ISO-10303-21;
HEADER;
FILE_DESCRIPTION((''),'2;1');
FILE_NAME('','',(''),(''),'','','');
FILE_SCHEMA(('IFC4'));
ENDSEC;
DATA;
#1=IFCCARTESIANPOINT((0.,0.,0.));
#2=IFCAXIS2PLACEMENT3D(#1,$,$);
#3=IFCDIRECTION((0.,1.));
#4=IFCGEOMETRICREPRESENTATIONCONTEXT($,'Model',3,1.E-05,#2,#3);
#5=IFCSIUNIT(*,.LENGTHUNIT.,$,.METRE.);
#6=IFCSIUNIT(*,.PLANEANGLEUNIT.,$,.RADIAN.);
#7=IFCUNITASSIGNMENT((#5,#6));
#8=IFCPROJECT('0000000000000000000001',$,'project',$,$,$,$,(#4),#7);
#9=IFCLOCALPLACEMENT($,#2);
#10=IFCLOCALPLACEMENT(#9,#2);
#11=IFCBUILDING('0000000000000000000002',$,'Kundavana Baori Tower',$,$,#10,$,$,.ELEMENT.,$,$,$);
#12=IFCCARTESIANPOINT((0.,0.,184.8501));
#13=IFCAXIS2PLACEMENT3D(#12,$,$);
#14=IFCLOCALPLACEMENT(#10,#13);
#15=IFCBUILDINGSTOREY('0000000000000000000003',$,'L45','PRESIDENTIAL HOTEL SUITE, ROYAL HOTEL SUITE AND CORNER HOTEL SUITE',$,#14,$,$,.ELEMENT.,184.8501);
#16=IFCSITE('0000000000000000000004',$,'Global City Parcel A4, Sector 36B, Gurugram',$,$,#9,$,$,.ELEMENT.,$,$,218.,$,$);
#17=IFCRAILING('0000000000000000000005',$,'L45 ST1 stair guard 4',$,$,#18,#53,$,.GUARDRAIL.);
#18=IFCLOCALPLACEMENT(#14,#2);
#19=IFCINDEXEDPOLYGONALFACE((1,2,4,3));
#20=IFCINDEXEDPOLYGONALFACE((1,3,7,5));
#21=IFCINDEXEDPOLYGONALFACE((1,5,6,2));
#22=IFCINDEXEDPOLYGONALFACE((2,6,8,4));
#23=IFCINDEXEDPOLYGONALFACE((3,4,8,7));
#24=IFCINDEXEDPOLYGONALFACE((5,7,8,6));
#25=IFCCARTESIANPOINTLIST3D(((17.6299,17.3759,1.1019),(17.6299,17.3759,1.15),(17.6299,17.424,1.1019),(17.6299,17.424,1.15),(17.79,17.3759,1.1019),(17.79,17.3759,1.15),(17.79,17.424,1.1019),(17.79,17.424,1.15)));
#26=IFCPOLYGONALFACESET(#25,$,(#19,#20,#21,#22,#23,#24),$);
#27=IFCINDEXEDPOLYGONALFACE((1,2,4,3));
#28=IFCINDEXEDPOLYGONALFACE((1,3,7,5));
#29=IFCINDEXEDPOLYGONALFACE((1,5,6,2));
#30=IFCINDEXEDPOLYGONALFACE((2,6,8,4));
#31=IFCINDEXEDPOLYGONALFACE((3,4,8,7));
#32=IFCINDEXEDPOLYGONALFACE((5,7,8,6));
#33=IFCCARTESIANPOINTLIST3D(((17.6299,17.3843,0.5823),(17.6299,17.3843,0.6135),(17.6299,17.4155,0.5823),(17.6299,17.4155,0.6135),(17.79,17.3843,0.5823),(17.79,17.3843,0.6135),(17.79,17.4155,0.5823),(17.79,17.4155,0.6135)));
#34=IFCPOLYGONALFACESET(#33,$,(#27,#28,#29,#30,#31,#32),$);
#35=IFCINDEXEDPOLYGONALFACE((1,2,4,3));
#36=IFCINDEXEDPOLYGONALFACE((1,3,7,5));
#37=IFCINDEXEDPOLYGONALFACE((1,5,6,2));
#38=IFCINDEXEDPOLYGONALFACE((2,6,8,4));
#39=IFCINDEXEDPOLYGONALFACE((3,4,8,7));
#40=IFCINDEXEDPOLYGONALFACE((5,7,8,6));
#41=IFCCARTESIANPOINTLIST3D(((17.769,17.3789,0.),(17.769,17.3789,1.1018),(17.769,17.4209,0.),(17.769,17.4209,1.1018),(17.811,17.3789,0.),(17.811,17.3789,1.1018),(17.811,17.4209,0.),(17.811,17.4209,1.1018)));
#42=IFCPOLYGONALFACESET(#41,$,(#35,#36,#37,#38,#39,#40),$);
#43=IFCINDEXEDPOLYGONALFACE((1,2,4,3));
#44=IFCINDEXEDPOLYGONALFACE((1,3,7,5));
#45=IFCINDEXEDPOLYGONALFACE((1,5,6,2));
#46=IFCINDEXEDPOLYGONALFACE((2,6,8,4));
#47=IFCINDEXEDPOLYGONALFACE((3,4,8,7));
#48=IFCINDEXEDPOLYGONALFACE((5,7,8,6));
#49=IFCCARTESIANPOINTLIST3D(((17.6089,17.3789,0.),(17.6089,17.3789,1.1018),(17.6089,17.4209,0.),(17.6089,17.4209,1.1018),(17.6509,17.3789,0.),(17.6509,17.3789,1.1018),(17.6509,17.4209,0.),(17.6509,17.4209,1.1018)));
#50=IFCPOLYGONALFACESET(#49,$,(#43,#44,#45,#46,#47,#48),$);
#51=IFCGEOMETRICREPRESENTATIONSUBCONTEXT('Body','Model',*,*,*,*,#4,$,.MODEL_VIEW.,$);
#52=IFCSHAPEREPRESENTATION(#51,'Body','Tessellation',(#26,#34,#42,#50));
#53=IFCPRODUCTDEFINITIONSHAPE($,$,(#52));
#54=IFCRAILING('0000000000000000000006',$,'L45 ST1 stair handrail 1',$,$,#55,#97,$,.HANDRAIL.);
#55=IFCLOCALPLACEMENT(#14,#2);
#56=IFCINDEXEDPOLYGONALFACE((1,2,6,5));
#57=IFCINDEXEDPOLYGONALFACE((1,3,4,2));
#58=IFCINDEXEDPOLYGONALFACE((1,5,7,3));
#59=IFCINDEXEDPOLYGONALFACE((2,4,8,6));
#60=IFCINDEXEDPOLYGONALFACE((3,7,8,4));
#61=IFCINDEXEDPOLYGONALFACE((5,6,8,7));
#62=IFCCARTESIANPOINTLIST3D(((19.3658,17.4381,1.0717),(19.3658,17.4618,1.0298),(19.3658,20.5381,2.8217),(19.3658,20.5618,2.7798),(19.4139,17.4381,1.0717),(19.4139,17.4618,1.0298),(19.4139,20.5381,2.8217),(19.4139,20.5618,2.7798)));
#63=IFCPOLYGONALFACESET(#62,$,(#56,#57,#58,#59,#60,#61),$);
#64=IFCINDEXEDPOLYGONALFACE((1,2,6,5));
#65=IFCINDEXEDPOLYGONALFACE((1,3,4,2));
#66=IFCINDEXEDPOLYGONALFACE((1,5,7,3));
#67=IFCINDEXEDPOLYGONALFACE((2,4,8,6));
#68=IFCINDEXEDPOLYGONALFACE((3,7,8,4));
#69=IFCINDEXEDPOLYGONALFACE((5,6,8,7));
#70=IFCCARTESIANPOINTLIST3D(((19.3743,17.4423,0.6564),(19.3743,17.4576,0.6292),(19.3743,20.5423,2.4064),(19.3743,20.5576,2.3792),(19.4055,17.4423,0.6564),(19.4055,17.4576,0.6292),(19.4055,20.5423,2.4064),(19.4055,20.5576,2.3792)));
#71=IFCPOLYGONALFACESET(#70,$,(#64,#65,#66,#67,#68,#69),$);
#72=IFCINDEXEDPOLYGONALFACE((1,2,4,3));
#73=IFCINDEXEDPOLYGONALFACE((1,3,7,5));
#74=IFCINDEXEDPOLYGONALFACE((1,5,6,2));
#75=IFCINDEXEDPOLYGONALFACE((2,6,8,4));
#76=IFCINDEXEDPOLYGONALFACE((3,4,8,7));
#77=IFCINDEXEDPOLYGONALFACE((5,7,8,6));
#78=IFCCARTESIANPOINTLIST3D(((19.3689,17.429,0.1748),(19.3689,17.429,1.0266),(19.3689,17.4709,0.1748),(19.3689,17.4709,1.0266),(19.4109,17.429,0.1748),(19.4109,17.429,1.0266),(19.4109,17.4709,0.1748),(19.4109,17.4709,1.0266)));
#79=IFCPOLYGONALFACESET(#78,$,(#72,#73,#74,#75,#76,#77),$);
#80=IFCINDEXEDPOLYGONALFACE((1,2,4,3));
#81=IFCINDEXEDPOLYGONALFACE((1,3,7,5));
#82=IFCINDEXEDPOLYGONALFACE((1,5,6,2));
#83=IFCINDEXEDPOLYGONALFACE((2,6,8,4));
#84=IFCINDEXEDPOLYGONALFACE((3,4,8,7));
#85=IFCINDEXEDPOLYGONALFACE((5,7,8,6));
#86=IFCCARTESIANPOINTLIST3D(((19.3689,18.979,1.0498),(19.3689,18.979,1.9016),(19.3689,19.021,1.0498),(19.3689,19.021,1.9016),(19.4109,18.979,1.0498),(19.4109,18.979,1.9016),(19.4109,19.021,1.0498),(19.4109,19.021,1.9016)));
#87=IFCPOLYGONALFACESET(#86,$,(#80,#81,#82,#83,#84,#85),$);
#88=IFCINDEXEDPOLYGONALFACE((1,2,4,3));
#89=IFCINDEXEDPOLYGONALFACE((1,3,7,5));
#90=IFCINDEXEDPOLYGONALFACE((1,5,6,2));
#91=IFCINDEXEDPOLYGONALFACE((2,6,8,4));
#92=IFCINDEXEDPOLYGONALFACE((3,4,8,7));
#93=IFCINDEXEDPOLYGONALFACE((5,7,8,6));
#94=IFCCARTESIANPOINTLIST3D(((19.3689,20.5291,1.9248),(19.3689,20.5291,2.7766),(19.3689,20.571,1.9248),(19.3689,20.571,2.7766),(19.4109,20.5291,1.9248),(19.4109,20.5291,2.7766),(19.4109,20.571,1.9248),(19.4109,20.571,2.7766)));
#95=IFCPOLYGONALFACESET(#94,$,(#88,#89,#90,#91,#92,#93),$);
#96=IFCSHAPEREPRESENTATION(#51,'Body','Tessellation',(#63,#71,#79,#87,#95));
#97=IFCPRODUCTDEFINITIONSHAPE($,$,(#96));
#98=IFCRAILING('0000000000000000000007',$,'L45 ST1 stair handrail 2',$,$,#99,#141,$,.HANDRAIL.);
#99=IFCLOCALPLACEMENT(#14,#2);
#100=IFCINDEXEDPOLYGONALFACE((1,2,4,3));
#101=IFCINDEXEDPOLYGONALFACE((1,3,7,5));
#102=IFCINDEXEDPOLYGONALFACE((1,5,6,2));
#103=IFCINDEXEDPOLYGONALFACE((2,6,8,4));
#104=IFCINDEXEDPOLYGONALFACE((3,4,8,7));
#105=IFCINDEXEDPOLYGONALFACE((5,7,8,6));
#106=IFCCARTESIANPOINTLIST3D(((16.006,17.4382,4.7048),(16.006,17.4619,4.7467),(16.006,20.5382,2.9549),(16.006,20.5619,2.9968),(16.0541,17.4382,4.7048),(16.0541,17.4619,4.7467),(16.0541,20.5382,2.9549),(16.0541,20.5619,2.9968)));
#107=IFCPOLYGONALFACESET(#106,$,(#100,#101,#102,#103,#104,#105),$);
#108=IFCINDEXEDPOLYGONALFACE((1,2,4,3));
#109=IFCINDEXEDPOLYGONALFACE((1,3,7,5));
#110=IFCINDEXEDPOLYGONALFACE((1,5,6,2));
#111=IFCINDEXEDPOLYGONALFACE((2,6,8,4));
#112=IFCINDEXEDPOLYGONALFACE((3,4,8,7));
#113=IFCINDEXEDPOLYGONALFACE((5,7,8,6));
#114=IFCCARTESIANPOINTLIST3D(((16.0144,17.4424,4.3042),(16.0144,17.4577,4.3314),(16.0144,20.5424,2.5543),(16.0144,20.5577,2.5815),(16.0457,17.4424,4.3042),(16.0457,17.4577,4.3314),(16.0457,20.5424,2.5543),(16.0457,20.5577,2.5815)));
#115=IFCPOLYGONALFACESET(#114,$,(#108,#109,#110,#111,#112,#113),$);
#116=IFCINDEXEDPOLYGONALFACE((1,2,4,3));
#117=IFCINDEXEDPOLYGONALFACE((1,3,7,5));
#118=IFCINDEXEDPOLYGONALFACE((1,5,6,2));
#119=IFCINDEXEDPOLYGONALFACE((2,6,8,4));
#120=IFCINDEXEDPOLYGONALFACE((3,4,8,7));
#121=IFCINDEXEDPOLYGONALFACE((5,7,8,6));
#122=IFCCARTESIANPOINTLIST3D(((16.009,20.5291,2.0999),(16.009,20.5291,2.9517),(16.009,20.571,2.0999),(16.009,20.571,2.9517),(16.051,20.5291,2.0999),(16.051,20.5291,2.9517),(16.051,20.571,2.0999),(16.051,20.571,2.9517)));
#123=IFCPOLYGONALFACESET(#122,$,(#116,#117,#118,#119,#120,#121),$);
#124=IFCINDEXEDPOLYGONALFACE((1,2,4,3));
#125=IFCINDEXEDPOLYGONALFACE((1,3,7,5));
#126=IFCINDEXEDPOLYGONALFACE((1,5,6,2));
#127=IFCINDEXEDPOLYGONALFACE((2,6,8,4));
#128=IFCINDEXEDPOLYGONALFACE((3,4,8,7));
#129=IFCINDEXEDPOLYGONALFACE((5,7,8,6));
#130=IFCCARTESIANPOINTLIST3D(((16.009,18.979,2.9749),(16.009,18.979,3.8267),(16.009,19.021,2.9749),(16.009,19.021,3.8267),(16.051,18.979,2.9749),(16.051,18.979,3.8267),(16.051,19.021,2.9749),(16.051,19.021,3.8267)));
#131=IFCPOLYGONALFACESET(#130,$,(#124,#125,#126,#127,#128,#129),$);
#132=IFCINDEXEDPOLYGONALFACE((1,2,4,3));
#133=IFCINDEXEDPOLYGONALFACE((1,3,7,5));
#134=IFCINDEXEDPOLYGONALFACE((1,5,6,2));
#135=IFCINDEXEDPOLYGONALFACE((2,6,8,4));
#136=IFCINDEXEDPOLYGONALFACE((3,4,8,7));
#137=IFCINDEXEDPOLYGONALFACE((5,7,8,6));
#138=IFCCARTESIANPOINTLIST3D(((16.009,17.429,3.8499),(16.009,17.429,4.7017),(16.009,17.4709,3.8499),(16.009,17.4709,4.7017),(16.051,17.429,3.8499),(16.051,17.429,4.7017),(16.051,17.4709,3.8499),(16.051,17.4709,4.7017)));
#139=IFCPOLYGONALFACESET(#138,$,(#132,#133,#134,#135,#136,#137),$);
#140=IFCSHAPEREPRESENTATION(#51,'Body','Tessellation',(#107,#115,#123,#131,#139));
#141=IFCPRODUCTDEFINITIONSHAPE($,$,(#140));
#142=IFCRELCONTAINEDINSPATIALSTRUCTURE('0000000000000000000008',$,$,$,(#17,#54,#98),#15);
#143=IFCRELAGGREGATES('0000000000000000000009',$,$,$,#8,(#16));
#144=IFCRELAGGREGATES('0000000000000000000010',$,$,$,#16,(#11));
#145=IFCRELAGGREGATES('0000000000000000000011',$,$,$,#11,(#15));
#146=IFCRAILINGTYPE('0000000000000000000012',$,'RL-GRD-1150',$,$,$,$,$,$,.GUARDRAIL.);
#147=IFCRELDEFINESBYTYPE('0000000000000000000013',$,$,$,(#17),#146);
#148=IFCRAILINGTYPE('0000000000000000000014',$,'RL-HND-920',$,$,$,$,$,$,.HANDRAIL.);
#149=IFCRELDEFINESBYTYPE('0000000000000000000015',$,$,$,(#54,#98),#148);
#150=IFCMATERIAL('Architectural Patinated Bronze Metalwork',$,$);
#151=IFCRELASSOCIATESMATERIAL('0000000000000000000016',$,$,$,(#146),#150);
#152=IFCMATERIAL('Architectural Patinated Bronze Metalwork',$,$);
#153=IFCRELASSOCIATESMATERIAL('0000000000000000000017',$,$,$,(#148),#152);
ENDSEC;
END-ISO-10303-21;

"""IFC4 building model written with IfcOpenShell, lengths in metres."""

from ifc_helpers import new_model, si_unit, direction, frame, origin, origin_2d, place, context, subcontext, project, spatial, rectangle, extrude, material, type_object, element, save


model = new_model("IFC4")

# Units and contexts
model_context = context("Model", 3, precision=1e-05, world=origin(), true_north=direction((0.0, 1.0)))
body_context = subcontext(model_context, "Body", "Model", "MODEL_VIEW")
ifc_project = project(units=[si_unit("LENGTHUNIT", "METRE"), si_unit("PLANEANGLEUNIT", "RADIAN")], contexts=[model_context])

# Site, building, storey
site_placement = place(None, origin())
site = spatial("IfcSite", under=ifc_project, at=site_placement, Name="Global City Parcel A4, Sector 36B, Gurugram", CompositionType="ELEMENT", RefElevation=218.0)
building_placement = place(site_placement, origin())
building = spatial("IfcBuilding", under=site, at=building_placement, Name="Kundavana Baori Tower", CompositionType="ELEMENT")
storey_placement = place(building_placement, frame((0.0, 0.0, 184.8501)))
storey = spatial("IfcBuildingStorey", under=building, at=storey_placement, Name="L45", Description="PRESIDENTIAL HOTEL SUITE, ROYAL HOTEL SUITE AND CORNER HOTEL SUITE", CompositionType="ELEMENT", Elevation=184.8501)

# Railings
ifc_material_1 = material(Name="Architectural Patinated Bronze Metalwork")
railing_type_1 = type_object("IfcRailingType", Name="RL-GRD-1150", PredefinedType="GUARDRAIL", material=ifc_material_1)
railing_1_placement = place(storey_placement, frame((17.79, 17.3999, 0.0)))
element("IfcRailing", 1, at=railing_1_placement, inside=storey, type_object=railing_type_1, Name="L45 ST1 stair guard 4", PredefinedType="GUARDRAIL", context=body_context, shape_type="SweptSolid", body=[
    extrude(rectangle(XDim=0.0481, YDim=0.0481, at=origin_2d()), frame((0.0, 0.0, 1.126), z_axis=(-1.0, 0.0, 0.0), x_axis=(0.0, -1.0, 0.0)), (0.0, 0.0, 1.0), 0.1602),
    extrude(rectangle(XDim=0.0312, YDim=0.0312, at=origin_2d()), frame((0.0, 0.0, 0.5979), z_axis=(-1.0, 0.0, 0.0), x_axis=(0.0, -1.0, 0.0)), (0.0, 0.0, 1.0), 0.1602),
    extrude(rectangle(XDim=0.042, YDim=0.042, at=origin_2d()), origin(), (0.0, 0.0, 1.0), 1.1018),
    extrude(rectangle(XDim=0.042, YDim=0.042, at=origin_2d()), frame((-0.1602, 0.0, 0.0)), (0.0, 0.0, 1.0), 1.1018),
])
ifc_material_2 = material(Name="Architectural Patinated Bronze Metalwork")
railing_type_2 = type_object("IfcRailingType", Name="RL-HND-920", PredefinedType="HANDRAIL", material=ifc_material_2)
railing_2_placement = place(storey_placement, frame((19.3899, 17.45, 0.1748)))
element("IfcRailing", 2, at=railing_2_placement, inside=storey, type_object=railing_type_2, Name="L45 ST1 stair handrail 1", PredefinedType="HANDRAIL", context=body_context, shape_type="SweptSolid", body=[
    extrude(rectangle(XDim=0.0481, YDim=0.0481, at=origin_2d()), frame((0.0, 0.0, 0.876), z_axis=(0.0, 0.870831, 0.491583), x_axis=(-1.0, 0.0, 0.0)), (0.0, 0.0, 1.0), 3.5598),
    extrude(rectangle(XDim=0.0312, YDim=0.0312, at=origin_2d()), frame((0.0, 0.0, 0.468), z_axis=(0.0, 0.870831, 0.491583), x_axis=(-1.0, 0.0, 0.0)), (0.0, 0.0, 1.0), 3.5598),
    extrude(rectangle(XDim=0.042, YDim=0.042, at=origin_2d()), origin(), (0.0, 0.0, 1.0), 0.8518),
    extrude(rectangle(XDim=0.042, YDim=0.042, at=origin_2d()), frame((0.0, 1.55, 0.875)), (0.0, 0.0, 1.0), 0.8518),
    extrude(rectangle(XDim=0.042, YDim=0.042, at=origin_2d()), frame((0.0, 3.1001, 1.75)), (0.0, 0.0, 1.0), 0.8518),
])
railing_3_placement = place(storey_placement, frame((16.03, 20.55, 2.0999)))
element("IfcRailing", 3, at=railing_3_placement, inside=storey, type_object=railing_type_2, Name="L45 ST1 stair handrail 2", PredefinedType="HANDRAIL", context=body_context, shape_type="SweptSolid", body=[
    extrude(rectangle(XDim=0.0481, YDim=0.0481, at=origin_2d()), frame((0.0, 0.0, 0.876), z_axis=(0.0, -0.870831, 0.491583), x_axis=(1.0, 0.0, 0.0)), (0.0, 0.0, 1.0), 3.5598),
    extrude(rectangle(XDim=0.0312, YDim=0.0312, at=origin_2d()), frame((0.0, 0.0, 0.468), z_axis=(0.0, -0.870831, 0.491583), x_axis=(1.0, 0.0, 0.0)), (0.0, 0.0, 1.0), 3.5598),
    extrude(rectangle(XDim=0.042, YDim=0.042, at=origin_2d()), origin(), (0.0, 0.0, 1.0), 0.8518),
    extrude(rectangle(XDim=0.042, YDim=0.042, at=origin_2d()), frame((0.0, -1.55, 0.875)), (0.0, 0.0, 1.0), 0.8518),
    extrude(rectangle(XDim=0.042, YDim=0.042, at=origin_2d()), frame((0.0, -3.1001, 1.75)), (0.0, 0.0, 1.0), 0.8518),
])

save(model, "model.ifc")
